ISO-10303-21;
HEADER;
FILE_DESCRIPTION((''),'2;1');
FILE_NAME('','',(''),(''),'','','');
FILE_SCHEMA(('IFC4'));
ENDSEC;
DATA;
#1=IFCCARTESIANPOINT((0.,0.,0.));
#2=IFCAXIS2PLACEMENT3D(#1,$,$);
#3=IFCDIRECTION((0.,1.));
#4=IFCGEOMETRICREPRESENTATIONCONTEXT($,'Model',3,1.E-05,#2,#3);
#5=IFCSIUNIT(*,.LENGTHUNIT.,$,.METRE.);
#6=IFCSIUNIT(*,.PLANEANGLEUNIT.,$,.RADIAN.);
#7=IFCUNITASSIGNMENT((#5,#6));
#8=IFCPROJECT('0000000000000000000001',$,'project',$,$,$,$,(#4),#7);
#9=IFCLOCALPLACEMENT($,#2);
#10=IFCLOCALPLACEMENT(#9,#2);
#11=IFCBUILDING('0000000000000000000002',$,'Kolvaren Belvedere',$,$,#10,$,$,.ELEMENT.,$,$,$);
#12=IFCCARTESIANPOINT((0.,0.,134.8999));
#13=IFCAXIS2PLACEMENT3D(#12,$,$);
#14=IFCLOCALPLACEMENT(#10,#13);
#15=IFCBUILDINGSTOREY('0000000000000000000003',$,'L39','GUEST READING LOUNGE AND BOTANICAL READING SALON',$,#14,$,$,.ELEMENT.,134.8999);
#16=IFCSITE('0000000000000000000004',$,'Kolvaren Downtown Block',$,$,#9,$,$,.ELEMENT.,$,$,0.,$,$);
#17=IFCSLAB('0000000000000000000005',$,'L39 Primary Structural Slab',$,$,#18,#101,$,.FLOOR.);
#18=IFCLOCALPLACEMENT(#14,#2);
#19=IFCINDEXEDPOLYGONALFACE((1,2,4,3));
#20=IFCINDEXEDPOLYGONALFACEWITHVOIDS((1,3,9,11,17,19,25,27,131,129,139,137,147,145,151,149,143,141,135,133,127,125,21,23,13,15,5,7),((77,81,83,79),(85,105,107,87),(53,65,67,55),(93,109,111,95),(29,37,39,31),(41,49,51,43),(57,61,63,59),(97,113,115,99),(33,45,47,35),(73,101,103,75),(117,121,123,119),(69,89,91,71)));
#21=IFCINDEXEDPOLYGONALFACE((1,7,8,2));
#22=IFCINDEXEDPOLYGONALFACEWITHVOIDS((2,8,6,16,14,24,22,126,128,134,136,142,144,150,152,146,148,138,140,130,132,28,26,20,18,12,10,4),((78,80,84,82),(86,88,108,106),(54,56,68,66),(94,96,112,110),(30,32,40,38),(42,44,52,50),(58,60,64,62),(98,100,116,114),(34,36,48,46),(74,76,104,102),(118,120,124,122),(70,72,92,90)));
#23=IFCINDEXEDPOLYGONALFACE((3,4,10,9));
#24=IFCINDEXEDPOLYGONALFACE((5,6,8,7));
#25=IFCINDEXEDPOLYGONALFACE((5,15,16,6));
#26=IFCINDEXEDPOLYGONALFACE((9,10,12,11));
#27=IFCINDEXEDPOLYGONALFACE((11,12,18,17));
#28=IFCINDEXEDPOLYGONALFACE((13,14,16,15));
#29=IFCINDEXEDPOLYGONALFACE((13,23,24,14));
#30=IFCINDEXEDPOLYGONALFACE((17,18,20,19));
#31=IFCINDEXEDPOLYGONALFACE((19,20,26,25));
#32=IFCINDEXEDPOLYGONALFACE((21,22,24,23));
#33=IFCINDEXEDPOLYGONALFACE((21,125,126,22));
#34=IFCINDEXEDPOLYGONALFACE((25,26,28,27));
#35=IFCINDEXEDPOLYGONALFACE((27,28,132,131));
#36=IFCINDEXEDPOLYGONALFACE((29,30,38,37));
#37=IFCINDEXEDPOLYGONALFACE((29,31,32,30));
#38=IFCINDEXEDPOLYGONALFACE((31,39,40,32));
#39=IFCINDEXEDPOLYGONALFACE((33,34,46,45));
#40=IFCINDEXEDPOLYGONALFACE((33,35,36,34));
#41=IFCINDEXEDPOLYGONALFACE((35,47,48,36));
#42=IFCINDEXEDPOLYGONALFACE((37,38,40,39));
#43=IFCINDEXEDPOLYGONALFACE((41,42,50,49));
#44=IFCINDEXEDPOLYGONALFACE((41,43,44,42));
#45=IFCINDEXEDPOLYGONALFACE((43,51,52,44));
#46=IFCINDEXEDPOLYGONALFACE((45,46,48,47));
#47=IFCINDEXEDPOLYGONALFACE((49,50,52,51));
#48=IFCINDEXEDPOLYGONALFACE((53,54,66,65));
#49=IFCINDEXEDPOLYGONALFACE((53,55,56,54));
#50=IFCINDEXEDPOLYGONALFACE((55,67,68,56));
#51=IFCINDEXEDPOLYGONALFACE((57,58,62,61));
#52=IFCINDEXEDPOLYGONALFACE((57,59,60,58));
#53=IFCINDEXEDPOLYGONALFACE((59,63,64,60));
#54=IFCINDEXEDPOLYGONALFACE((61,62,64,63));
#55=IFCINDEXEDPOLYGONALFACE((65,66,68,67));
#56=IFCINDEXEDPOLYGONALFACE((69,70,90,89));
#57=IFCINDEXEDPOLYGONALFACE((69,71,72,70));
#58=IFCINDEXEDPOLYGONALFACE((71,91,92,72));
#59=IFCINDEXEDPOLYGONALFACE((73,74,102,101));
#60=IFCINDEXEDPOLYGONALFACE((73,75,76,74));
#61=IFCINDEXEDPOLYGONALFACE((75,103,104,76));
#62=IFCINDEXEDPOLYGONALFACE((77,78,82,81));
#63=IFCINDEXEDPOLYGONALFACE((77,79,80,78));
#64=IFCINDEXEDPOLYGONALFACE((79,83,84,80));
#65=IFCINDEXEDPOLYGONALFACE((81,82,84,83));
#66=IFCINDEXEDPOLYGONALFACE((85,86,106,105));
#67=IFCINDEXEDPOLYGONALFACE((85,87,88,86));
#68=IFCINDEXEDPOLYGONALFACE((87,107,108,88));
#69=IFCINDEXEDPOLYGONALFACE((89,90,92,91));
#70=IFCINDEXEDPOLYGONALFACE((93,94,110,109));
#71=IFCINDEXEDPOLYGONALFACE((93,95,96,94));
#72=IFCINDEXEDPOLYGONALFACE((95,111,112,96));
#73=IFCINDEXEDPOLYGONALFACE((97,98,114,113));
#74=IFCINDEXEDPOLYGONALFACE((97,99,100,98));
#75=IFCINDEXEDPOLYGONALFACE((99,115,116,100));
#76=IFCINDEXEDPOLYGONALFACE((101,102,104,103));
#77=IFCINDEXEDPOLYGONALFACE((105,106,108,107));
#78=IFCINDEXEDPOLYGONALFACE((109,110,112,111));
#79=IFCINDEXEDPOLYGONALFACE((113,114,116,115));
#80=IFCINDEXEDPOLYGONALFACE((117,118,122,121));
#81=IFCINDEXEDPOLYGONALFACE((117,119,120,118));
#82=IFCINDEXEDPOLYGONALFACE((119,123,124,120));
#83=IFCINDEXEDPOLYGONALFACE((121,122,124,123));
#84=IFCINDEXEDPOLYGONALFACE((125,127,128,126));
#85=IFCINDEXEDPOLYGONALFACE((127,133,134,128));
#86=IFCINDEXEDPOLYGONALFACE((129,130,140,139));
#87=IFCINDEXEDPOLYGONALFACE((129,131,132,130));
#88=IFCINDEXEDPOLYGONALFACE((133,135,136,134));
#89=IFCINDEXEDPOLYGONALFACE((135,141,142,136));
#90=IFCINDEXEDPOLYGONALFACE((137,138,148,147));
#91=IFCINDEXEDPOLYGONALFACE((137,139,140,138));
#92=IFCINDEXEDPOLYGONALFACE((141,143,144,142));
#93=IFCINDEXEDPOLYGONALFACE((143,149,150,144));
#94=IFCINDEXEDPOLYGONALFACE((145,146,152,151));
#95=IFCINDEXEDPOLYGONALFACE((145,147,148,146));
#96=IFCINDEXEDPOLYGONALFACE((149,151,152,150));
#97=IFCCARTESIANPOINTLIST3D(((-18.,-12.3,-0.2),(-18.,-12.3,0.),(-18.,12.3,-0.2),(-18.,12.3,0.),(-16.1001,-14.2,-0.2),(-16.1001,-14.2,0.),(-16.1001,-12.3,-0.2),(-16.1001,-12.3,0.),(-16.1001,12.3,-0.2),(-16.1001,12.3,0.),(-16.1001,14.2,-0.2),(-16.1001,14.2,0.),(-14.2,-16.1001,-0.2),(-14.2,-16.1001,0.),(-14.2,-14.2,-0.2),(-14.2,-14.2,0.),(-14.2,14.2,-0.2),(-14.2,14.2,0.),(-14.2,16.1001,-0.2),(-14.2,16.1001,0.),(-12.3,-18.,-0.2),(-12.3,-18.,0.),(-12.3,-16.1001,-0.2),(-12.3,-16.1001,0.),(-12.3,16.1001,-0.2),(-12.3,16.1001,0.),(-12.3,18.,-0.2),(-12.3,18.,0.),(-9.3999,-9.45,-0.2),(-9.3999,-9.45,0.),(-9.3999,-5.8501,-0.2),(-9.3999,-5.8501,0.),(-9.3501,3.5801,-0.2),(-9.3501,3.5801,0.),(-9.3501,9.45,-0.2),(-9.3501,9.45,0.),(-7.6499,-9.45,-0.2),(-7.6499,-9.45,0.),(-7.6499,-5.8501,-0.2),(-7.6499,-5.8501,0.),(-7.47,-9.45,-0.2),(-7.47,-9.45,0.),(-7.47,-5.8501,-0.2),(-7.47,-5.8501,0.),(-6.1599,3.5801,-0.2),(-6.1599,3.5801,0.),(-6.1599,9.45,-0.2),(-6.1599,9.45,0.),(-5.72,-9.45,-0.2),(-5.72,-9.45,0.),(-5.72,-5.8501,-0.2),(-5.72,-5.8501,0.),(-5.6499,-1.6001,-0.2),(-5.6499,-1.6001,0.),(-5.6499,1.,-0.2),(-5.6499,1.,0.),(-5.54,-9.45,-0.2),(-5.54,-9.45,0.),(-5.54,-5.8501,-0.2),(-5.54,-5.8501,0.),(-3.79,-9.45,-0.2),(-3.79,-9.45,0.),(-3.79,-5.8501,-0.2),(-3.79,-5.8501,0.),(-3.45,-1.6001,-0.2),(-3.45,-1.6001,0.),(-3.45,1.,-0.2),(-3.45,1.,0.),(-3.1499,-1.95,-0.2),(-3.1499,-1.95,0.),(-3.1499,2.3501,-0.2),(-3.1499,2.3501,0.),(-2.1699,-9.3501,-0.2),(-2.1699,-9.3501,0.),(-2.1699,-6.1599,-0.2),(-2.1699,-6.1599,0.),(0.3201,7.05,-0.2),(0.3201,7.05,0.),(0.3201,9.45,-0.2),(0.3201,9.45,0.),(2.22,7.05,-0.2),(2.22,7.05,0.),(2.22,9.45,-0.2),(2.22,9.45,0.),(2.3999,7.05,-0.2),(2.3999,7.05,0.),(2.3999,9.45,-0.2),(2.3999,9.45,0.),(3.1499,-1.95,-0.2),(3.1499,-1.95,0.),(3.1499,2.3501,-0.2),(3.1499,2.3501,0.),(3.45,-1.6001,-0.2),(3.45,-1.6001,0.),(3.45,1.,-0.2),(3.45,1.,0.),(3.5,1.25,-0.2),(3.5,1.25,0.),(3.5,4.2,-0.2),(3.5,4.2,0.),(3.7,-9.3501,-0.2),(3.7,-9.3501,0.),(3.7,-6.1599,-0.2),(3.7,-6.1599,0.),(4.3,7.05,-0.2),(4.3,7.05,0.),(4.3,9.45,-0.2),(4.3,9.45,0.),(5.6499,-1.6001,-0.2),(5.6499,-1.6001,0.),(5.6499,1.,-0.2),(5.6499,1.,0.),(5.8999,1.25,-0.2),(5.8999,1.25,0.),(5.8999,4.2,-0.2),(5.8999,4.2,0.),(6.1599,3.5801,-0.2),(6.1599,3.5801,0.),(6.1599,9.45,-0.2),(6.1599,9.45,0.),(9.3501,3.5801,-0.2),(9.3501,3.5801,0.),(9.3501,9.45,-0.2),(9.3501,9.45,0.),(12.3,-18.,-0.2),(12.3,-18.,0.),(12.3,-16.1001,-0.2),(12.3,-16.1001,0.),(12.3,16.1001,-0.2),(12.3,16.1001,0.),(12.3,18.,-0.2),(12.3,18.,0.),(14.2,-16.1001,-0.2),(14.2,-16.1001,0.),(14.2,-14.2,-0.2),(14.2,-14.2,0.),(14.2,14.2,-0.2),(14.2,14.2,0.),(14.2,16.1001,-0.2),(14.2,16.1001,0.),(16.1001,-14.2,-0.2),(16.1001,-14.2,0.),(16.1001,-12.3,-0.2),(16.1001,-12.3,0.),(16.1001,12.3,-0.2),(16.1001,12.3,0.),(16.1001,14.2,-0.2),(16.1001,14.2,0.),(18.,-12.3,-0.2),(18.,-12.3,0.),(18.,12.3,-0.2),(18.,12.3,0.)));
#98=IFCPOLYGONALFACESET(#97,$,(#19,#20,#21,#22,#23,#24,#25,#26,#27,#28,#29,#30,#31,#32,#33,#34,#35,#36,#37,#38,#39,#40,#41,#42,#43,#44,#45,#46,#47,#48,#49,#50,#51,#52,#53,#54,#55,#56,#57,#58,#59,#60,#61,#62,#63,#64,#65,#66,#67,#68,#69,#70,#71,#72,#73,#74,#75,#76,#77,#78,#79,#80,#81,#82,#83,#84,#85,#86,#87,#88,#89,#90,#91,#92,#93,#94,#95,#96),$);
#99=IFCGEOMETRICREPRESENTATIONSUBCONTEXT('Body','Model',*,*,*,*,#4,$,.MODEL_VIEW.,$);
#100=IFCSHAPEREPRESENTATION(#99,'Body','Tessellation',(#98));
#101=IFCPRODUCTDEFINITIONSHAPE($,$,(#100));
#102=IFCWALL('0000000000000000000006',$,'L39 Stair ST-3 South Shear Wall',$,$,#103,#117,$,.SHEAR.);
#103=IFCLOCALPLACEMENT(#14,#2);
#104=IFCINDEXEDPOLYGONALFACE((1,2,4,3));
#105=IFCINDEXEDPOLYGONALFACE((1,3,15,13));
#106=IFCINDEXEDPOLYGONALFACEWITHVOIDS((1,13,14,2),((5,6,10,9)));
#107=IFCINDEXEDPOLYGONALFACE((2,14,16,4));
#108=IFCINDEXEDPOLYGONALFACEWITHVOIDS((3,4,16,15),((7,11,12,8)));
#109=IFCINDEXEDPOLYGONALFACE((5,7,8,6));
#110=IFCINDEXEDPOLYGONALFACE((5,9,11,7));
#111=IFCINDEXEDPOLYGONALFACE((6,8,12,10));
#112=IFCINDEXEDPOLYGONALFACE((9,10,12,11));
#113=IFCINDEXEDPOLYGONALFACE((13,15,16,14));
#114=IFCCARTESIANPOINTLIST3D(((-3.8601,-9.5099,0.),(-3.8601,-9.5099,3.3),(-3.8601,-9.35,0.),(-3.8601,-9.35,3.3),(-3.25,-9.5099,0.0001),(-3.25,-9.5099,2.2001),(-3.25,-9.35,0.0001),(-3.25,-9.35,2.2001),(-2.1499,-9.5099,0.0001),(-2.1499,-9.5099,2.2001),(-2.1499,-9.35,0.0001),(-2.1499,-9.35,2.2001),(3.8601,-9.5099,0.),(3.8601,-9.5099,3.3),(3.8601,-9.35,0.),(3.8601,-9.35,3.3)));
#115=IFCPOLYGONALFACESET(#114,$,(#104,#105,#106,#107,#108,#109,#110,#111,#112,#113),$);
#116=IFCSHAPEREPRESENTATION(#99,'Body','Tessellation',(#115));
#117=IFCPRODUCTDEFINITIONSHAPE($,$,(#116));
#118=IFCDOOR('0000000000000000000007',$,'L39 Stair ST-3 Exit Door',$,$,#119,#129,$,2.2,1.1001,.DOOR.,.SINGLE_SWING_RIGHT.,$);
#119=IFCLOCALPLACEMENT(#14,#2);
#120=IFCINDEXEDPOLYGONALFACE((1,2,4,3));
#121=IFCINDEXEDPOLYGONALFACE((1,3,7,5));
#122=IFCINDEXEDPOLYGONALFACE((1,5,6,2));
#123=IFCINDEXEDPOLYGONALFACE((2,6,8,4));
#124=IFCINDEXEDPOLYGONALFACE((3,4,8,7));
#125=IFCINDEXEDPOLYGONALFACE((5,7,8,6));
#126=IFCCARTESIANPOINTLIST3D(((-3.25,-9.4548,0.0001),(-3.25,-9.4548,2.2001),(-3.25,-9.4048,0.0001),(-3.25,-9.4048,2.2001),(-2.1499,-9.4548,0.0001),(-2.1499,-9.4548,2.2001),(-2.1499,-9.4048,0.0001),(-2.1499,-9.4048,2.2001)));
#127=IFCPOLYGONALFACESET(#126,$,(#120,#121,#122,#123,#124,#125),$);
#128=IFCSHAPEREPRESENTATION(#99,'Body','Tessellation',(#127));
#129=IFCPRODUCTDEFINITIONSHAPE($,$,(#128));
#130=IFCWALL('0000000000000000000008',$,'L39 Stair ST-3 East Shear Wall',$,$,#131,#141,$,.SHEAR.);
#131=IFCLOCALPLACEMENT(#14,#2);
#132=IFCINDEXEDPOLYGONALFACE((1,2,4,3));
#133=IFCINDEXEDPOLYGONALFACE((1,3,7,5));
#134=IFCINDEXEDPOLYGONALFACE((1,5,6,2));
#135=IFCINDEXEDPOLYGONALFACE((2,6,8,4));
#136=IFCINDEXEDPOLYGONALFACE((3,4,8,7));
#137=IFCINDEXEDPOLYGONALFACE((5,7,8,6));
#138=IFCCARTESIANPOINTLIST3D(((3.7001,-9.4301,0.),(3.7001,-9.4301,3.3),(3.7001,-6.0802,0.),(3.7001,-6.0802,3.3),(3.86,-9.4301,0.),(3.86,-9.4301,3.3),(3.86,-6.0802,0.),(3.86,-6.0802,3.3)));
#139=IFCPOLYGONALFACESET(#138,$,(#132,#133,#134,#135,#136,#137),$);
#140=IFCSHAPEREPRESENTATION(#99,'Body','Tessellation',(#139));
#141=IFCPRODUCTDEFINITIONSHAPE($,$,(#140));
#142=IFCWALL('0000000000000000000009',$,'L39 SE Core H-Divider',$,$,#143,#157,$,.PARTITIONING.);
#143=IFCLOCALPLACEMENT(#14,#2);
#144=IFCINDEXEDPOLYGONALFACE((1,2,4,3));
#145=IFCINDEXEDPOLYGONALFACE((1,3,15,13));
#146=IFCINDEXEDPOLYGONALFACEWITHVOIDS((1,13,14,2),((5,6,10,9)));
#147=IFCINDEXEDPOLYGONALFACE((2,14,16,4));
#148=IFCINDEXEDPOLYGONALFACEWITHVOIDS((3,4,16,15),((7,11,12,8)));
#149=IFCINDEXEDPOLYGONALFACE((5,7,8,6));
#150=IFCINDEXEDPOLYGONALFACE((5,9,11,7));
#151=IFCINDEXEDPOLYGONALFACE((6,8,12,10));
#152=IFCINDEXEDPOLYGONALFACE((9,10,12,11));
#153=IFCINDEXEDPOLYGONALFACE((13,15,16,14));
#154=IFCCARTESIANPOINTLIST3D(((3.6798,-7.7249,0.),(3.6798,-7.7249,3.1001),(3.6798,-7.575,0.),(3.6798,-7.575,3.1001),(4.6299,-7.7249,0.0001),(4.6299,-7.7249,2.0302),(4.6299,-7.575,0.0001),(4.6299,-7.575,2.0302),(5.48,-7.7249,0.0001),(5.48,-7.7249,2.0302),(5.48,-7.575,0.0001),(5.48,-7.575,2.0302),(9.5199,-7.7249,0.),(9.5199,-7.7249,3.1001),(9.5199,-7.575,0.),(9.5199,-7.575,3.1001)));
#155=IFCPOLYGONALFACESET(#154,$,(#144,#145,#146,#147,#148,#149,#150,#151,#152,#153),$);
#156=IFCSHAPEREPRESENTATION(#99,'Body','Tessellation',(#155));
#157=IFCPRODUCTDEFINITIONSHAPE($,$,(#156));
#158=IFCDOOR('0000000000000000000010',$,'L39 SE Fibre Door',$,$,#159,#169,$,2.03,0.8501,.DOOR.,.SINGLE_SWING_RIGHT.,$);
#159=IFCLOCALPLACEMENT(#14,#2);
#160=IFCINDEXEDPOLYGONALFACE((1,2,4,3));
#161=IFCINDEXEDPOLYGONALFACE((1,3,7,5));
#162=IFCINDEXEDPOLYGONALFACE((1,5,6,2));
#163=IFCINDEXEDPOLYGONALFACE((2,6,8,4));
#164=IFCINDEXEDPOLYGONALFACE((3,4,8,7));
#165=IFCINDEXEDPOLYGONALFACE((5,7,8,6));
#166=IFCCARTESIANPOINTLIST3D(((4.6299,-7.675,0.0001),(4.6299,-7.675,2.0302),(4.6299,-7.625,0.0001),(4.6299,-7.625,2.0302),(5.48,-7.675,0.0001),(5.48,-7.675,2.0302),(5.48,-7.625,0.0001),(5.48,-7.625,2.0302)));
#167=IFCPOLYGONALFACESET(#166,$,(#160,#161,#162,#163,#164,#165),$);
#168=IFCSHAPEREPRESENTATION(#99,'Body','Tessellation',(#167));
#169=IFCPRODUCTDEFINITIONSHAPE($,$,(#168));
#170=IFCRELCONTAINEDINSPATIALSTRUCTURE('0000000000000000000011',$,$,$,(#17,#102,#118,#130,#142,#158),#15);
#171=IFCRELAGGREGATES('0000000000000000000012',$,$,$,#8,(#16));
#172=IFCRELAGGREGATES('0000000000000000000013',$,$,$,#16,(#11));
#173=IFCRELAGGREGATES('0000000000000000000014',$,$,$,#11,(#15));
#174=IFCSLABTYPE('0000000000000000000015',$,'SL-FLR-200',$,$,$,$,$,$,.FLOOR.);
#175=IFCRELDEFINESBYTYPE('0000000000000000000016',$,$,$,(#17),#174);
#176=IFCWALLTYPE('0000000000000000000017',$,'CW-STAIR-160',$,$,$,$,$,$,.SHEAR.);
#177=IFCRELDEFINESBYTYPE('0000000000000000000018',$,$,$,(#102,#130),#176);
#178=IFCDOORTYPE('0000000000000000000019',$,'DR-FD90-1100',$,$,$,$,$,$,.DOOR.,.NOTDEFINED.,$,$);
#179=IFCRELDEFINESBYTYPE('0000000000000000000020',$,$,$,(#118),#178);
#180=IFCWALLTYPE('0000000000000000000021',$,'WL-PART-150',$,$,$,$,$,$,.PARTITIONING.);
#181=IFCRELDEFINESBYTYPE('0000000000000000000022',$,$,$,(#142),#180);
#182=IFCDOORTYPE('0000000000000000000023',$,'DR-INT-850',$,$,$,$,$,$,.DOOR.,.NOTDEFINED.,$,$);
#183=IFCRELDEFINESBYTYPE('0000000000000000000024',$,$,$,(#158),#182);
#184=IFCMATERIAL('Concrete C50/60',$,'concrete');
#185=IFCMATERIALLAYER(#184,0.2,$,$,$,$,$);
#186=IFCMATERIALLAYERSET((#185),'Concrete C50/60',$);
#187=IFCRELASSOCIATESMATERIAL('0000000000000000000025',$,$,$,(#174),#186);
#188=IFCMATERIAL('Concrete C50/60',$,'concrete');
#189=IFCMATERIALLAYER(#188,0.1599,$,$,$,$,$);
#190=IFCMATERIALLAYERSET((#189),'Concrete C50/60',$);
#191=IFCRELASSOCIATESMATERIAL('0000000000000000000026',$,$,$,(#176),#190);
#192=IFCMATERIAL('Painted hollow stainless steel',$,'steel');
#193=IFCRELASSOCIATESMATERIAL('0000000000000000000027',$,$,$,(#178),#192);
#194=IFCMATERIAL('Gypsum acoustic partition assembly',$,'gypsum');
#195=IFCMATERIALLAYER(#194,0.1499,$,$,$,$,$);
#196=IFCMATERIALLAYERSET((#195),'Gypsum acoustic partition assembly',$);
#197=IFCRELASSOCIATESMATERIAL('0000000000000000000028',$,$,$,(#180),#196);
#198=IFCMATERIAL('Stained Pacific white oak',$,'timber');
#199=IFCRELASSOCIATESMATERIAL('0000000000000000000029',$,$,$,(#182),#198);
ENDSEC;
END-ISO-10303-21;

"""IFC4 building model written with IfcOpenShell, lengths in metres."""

from ifc_helpers import new_model, si_unit, direction, frame, frame_2d, origin, place, context, subcontext, project, spatial, polyline, rectangle, outline, extrude, material, layer, layer_set, type_object, element, fill, save


model = new_model("IFC4")

# Units and contexts
model_context = context("Model", 3, precision=1e-05, world=origin(), true_north=direction((0.0, 1.0)))
body_context = subcontext(model_context, "Body", "Model", "MODEL_VIEW")
ifc_project = project(units=[si_unit("LENGTHUNIT", "METRE"), si_unit("PLANEANGLEUNIT", "RADIAN")], contexts=[model_context])

# Site, building, storey
site_placement = place(None, origin())
site = spatial("IfcSite", under=ifc_project, at=site_placement, Name="Kolvaren Downtown Block", CompositionType="ELEMENT", RefElevation=0.0)
building_placement = place(site_placement, origin())
building = spatial("IfcBuilding", under=site, at=building_placement, Name="Kolvaren Belvedere", CompositionType="ELEMENT")
storey_placement = place(building_placement, frame((0.0, 0.0, 134.8999)))
storey = spatial("IfcBuildingStorey", under=building, at=storey_placement, Name="L39", Description="GUEST READING LOUNGE AND BOTANICAL READING SALON", CompositionType="ELEMENT", Elevation=134.8999)

# Slab
ifc_material_1 = material(Name="Concrete C50/60", Category="concrete")
ifc_layer_1 = layer(ifc_material_1, 0.2)
ifc_layer_set_1 = layer_set([ifc_layer_1], Name="Concrete C50/60")
slab_type_1 = type_object("IfcSlabType", Name="SL-FLR-200", PredefinedType="FLOOR", material=ifc_layer_set_1)
slab_1_placement = place(storey_placement, frame((0.0, 0.0, -0.2)))
element("IfcSlab", 1, at=slab_1_placement, inside=storey, type_object=slab_type_1, Name="L39 Primary Structural Slab", PredefinedType="FLOOR", context=body_context, shape_type="SweptSolid", body=[
    extrude(outline(polyline([(-12.3, -18.0), (12.3, -18.0), (12.3, -16.1001), (14.2, -16.1001), (14.2, -14.2), (16.1001, -14.2), (16.1001, -12.3), (18.0, -12.3), (18.0, 12.3), (16.1001, 12.3), (16.1001, 14.2), (14.2, 14.2), (14.2, 16.1001), (12.3, 16.1001), (12.3, 18.0), (-12.3, 18.0), (-12.3, 16.1001), (-14.2, 16.1001), (-14.2, 14.2), (-16.1001, 14.2), (-16.1001, 12.3), (-18.0, 12.3), (-18.0, -12.3), (-16.1001, -12.3), (-16.1001, -14.2), (-14.2, -14.2), (-14.2, -16.1001), (-12.3, -16.1001), (-12.3, -18.0)]), holes=[polyline([(-9.3501, 3.5801), (-6.1599, 3.5801), (-6.1599, 9.45), (-9.3501, 9.45), (-9.3501, 3.5801)]), polyline([(6.1599, 3.5801), (9.3501, 3.5801), (9.3501, 9.45), (6.1599, 9.45), (6.1599, 3.5801)]), polyline([(-2.1699, -9.3501), (3.7, -9.3501), (3.7, -6.1599), (-2.1699, -6.1599), (-2.1699, -9.3501)]), polyline([(-5.6499, -1.6001), (-3.45, -1.6001), (-3.45, 1.0), (-5.6499, 1.0), (-5.6499, -1.6001)]), polyline([(3.5, 1.25), (5.8999, 1.25), (5.8999, 4.2), (3.5, 4.2), (3.5, 1.25)]), polyline([(3.45, -1.6001), (5.6499, -1.6001), (5.6499, 1.0), (3.45, 1.0), (3.45, -1.6001)]), polyline([(-9.3999, -9.45), (-7.6499, -9.45), (-7.6499, -5.8501), (-9.3999, -5.8501), (-9.3999, -9.45)]), polyline([(-7.47, -9.45), (-5.72, -9.45), (-5.72, -5.8501), (-7.47, -5.8501), (-7.47, -9.45)]), polyline([(-5.54, -9.45), (-3.79, -9.45), (-3.79, -5.8501), (-5.54, -5.8501), (-5.54, -9.45)]), polyline([(0.3201, 7.05), (2.22, 7.05), (2.22, 9.45), (0.3201, 9.45), (0.3201, 7.05)]), polyline([(2.3999, 7.05), (4.3, 7.05), (4.3, 9.45), (2.3999, 9.45), (2.3999, 7.05)]), polyline([(-3.1499, -1.95), (3.1499, -1.95), (3.1499, 2.3501), (-3.1499, 2.3501), (-3.1499, -1.95)])]), origin(), (0.0, 0.0, 1.0), 0.2),
])

# Wall, opening, door
ifc_material_2 = material(Name="Concrete C50/60", Category="concrete")
ifc_layer_2 = layer(ifc_material_2, 0.1599)
ifc_layer_set_2 = layer_set([ifc_layer_2], Name="Concrete C50/60")
wall_type_1 = type_object("IfcWallType", Name="CW-STAIR-160", PredefinedType="SHEAR", material=ifc_layer_set_2)
wall_1_placement = place(storey_placement, frame((3.8601, -9.4299, 0.0), z_axis=(0.0, 0.0, 1.0), x_axis=(-1.0, 0.0, 0.0)))
wall_1 = element("IfcWall", 2, at=wall_1_placement, inside=storey, type_object=wall_type_1, Name="L39 Stair ST-3 South Shear Wall", PredefinedType="SHEAR", context=body_context, shape_type="SweptSolid", body=[
    extrude(rectangle(XDim=7.7202, YDim=0.1599, at=frame_2d((3.8601, 0.0))), origin(), (0.0, 0.0, 1.0), 3.3),
])
opening_1_placement = place(wall_1_placement, frame((6.01, 0.0, 0.0)))
opening_1 = element("IfcOpeningElement", 3, at=opening_1_placement, cuts=wall_1, PredefinedType="OPENING", context=body_context, shape_type="SweptSolid", body=[
    extrude(rectangle(XDim=1.1001, YDim=2.2, at=frame_2d((0.55, 1.1001))), frame((0.0, 0.0898, 0.0), z_axis=(0.0, -1.0, 0.0), x_axis=(1.0, 0.0, 0.0)), (0.0, 0.0, 1.0), 0.1799),
])
ifc_material_3 = material(Name="Painted hollow stainless steel", Category="steel")
door_type_1 = type_object("IfcDoorType", Name="DR-FD90-1100", OperationType="NOTDEFINED", PredefinedType="DOOR", material=ifc_material_3)
door_1_placement = place(opening_1_placement, origin())
door_1 = element("IfcDoor", 4, at=door_1_placement, inside=storey, type_object=door_type_1, Name="L39 Stair ST-3 Exit Door", OperationType="SINGLE_SWING_RIGHT", OverallHeight=2.2, OverallWidth=1.1001, PredefinedType="DOOR", context=body_context, shape_type="SweptSolid", body=[
    extrude(rectangle(XDim=1.1001, YDim=2.2, at=frame_2d((0.55, 1.1001))), frame((0.0, 0.0249, 0.0), z_axis=(0.0, -1.0, 0.0), x_axis=(1.0, 0.0, 0.0)), (0.0, 0.0, 1.0), 0.05),
])
fill(opening_1, door_1)

# Wall
wall_2_placement = place(storey_placement, frame((3.78, -9.4299, 0.0), z_axis=(0.0, 0.0, 1.0), x_axis=(0.0, 1.0, 0.0)))
element("IfcWall", 5, at=wall_2_placement, inside=storey, type_object=wall_type_1, Name="L39 Stair ST-3 East Shear Wall", PredefinedType="SHEAR", context=body_context, shape_type="SweptSolid", body=[
    extrude(rectangle(XDim=3.3499, YDim=0.1599, at=frame_2d((1.6748, 0.0))), origin(), (0.0, 0.0, 1.0), 3.3),
])

# Wall, opening, door
ifc_material_4 = material(Name="Gypsum acoustic partition assembly", Category="gypsum")
ifc_layer_3 = layer(ifc_material_4, 0.1499)
ifc_layer_set_3 = layer_set([ifc_layer_3], Name="Gypsum acoustic partition assembly")
wall_type_2 = type_object("IfcWallType", Name="WL-PART-150", PredefinedType="PARTITIONING", material=ifc_layer_set_3)
wall_3_placement = place(storey_placement, frame((3.6799, -7.6499, 0.0), z_axis=(0.0, 0.0, 1.0), x_axis=(1.0, 0.0, 0.0)))
wall_3 = element("IfcWall", 6, at=wall_3_placement, inside=storey, type_object=wall_type_2, Name="L39 SE Core H-Divider", PredefinedType="PARTITIONING", context=body_context, shape_type="SweptSolid", body=[
    extrude(rectangle(XDim=5.8401, YDim=0.1499, at=frame_2d((2.9199, 0.0))), origin(), (0.0, 0.0, 1.0), 3.1001),
])
opening_2_placement = place(wall_3_placement, frame((0.95, 0.0, 0.0)))
opening_2 = element("IfcOpeningElement", 7, at=opening_2_placement, cuts=wall_3, PredefinedType="OPENING", context=body_context, shape_type="SweptSolid", body=[
    extrude(rectangle(XDim=0.8501, YDim=2.03, at=frame_2d((0.425, 1.0151))), frame((0.0, 0.085, 0.0), z_axis=(0.0, -1.0, 0.0), x_axis=(1.0, 0.0, 0.0)), (0.0, 0.0, 1.0), 0.1699),
])
ifc_material_5 = material(Name="Stained Pacific white oak", Category="timber")
door_type_2 = type_object("IfcDoorType", Name="DR-INT-850", OperationType="NOTDEFINED", PredefinedType="DOOR", material=ifc_material_5)
door_2_placement = place(opening_2_placement, origin())
door_2 = element("IfcDoor", 8, at=door_2_placement, inside=storey, type_object=door_type_2, Name="L39 SE Fibre Door", OperationType="SINGLE_SWING_RIGHT", OverallHeight=2.03, OverallWidth=0.8501, PredefinedType="DOOR", context=body_context, shape_type="SweptSolid", body=[
    extrude(rectangle(XDim=0.8501, YDim=2.03, at=frame_2d((0.425, 1.0151))), frame((0.0, 0.0249, 0.0), z_axis=(0.0, -1.0, 0.0), x_axis=(1.0, 0.0, 0.0)), (0.0, 0.0, 1.0), 0.05),
])
fill(opening_2, door_2)

save(model, "model.ifc")
